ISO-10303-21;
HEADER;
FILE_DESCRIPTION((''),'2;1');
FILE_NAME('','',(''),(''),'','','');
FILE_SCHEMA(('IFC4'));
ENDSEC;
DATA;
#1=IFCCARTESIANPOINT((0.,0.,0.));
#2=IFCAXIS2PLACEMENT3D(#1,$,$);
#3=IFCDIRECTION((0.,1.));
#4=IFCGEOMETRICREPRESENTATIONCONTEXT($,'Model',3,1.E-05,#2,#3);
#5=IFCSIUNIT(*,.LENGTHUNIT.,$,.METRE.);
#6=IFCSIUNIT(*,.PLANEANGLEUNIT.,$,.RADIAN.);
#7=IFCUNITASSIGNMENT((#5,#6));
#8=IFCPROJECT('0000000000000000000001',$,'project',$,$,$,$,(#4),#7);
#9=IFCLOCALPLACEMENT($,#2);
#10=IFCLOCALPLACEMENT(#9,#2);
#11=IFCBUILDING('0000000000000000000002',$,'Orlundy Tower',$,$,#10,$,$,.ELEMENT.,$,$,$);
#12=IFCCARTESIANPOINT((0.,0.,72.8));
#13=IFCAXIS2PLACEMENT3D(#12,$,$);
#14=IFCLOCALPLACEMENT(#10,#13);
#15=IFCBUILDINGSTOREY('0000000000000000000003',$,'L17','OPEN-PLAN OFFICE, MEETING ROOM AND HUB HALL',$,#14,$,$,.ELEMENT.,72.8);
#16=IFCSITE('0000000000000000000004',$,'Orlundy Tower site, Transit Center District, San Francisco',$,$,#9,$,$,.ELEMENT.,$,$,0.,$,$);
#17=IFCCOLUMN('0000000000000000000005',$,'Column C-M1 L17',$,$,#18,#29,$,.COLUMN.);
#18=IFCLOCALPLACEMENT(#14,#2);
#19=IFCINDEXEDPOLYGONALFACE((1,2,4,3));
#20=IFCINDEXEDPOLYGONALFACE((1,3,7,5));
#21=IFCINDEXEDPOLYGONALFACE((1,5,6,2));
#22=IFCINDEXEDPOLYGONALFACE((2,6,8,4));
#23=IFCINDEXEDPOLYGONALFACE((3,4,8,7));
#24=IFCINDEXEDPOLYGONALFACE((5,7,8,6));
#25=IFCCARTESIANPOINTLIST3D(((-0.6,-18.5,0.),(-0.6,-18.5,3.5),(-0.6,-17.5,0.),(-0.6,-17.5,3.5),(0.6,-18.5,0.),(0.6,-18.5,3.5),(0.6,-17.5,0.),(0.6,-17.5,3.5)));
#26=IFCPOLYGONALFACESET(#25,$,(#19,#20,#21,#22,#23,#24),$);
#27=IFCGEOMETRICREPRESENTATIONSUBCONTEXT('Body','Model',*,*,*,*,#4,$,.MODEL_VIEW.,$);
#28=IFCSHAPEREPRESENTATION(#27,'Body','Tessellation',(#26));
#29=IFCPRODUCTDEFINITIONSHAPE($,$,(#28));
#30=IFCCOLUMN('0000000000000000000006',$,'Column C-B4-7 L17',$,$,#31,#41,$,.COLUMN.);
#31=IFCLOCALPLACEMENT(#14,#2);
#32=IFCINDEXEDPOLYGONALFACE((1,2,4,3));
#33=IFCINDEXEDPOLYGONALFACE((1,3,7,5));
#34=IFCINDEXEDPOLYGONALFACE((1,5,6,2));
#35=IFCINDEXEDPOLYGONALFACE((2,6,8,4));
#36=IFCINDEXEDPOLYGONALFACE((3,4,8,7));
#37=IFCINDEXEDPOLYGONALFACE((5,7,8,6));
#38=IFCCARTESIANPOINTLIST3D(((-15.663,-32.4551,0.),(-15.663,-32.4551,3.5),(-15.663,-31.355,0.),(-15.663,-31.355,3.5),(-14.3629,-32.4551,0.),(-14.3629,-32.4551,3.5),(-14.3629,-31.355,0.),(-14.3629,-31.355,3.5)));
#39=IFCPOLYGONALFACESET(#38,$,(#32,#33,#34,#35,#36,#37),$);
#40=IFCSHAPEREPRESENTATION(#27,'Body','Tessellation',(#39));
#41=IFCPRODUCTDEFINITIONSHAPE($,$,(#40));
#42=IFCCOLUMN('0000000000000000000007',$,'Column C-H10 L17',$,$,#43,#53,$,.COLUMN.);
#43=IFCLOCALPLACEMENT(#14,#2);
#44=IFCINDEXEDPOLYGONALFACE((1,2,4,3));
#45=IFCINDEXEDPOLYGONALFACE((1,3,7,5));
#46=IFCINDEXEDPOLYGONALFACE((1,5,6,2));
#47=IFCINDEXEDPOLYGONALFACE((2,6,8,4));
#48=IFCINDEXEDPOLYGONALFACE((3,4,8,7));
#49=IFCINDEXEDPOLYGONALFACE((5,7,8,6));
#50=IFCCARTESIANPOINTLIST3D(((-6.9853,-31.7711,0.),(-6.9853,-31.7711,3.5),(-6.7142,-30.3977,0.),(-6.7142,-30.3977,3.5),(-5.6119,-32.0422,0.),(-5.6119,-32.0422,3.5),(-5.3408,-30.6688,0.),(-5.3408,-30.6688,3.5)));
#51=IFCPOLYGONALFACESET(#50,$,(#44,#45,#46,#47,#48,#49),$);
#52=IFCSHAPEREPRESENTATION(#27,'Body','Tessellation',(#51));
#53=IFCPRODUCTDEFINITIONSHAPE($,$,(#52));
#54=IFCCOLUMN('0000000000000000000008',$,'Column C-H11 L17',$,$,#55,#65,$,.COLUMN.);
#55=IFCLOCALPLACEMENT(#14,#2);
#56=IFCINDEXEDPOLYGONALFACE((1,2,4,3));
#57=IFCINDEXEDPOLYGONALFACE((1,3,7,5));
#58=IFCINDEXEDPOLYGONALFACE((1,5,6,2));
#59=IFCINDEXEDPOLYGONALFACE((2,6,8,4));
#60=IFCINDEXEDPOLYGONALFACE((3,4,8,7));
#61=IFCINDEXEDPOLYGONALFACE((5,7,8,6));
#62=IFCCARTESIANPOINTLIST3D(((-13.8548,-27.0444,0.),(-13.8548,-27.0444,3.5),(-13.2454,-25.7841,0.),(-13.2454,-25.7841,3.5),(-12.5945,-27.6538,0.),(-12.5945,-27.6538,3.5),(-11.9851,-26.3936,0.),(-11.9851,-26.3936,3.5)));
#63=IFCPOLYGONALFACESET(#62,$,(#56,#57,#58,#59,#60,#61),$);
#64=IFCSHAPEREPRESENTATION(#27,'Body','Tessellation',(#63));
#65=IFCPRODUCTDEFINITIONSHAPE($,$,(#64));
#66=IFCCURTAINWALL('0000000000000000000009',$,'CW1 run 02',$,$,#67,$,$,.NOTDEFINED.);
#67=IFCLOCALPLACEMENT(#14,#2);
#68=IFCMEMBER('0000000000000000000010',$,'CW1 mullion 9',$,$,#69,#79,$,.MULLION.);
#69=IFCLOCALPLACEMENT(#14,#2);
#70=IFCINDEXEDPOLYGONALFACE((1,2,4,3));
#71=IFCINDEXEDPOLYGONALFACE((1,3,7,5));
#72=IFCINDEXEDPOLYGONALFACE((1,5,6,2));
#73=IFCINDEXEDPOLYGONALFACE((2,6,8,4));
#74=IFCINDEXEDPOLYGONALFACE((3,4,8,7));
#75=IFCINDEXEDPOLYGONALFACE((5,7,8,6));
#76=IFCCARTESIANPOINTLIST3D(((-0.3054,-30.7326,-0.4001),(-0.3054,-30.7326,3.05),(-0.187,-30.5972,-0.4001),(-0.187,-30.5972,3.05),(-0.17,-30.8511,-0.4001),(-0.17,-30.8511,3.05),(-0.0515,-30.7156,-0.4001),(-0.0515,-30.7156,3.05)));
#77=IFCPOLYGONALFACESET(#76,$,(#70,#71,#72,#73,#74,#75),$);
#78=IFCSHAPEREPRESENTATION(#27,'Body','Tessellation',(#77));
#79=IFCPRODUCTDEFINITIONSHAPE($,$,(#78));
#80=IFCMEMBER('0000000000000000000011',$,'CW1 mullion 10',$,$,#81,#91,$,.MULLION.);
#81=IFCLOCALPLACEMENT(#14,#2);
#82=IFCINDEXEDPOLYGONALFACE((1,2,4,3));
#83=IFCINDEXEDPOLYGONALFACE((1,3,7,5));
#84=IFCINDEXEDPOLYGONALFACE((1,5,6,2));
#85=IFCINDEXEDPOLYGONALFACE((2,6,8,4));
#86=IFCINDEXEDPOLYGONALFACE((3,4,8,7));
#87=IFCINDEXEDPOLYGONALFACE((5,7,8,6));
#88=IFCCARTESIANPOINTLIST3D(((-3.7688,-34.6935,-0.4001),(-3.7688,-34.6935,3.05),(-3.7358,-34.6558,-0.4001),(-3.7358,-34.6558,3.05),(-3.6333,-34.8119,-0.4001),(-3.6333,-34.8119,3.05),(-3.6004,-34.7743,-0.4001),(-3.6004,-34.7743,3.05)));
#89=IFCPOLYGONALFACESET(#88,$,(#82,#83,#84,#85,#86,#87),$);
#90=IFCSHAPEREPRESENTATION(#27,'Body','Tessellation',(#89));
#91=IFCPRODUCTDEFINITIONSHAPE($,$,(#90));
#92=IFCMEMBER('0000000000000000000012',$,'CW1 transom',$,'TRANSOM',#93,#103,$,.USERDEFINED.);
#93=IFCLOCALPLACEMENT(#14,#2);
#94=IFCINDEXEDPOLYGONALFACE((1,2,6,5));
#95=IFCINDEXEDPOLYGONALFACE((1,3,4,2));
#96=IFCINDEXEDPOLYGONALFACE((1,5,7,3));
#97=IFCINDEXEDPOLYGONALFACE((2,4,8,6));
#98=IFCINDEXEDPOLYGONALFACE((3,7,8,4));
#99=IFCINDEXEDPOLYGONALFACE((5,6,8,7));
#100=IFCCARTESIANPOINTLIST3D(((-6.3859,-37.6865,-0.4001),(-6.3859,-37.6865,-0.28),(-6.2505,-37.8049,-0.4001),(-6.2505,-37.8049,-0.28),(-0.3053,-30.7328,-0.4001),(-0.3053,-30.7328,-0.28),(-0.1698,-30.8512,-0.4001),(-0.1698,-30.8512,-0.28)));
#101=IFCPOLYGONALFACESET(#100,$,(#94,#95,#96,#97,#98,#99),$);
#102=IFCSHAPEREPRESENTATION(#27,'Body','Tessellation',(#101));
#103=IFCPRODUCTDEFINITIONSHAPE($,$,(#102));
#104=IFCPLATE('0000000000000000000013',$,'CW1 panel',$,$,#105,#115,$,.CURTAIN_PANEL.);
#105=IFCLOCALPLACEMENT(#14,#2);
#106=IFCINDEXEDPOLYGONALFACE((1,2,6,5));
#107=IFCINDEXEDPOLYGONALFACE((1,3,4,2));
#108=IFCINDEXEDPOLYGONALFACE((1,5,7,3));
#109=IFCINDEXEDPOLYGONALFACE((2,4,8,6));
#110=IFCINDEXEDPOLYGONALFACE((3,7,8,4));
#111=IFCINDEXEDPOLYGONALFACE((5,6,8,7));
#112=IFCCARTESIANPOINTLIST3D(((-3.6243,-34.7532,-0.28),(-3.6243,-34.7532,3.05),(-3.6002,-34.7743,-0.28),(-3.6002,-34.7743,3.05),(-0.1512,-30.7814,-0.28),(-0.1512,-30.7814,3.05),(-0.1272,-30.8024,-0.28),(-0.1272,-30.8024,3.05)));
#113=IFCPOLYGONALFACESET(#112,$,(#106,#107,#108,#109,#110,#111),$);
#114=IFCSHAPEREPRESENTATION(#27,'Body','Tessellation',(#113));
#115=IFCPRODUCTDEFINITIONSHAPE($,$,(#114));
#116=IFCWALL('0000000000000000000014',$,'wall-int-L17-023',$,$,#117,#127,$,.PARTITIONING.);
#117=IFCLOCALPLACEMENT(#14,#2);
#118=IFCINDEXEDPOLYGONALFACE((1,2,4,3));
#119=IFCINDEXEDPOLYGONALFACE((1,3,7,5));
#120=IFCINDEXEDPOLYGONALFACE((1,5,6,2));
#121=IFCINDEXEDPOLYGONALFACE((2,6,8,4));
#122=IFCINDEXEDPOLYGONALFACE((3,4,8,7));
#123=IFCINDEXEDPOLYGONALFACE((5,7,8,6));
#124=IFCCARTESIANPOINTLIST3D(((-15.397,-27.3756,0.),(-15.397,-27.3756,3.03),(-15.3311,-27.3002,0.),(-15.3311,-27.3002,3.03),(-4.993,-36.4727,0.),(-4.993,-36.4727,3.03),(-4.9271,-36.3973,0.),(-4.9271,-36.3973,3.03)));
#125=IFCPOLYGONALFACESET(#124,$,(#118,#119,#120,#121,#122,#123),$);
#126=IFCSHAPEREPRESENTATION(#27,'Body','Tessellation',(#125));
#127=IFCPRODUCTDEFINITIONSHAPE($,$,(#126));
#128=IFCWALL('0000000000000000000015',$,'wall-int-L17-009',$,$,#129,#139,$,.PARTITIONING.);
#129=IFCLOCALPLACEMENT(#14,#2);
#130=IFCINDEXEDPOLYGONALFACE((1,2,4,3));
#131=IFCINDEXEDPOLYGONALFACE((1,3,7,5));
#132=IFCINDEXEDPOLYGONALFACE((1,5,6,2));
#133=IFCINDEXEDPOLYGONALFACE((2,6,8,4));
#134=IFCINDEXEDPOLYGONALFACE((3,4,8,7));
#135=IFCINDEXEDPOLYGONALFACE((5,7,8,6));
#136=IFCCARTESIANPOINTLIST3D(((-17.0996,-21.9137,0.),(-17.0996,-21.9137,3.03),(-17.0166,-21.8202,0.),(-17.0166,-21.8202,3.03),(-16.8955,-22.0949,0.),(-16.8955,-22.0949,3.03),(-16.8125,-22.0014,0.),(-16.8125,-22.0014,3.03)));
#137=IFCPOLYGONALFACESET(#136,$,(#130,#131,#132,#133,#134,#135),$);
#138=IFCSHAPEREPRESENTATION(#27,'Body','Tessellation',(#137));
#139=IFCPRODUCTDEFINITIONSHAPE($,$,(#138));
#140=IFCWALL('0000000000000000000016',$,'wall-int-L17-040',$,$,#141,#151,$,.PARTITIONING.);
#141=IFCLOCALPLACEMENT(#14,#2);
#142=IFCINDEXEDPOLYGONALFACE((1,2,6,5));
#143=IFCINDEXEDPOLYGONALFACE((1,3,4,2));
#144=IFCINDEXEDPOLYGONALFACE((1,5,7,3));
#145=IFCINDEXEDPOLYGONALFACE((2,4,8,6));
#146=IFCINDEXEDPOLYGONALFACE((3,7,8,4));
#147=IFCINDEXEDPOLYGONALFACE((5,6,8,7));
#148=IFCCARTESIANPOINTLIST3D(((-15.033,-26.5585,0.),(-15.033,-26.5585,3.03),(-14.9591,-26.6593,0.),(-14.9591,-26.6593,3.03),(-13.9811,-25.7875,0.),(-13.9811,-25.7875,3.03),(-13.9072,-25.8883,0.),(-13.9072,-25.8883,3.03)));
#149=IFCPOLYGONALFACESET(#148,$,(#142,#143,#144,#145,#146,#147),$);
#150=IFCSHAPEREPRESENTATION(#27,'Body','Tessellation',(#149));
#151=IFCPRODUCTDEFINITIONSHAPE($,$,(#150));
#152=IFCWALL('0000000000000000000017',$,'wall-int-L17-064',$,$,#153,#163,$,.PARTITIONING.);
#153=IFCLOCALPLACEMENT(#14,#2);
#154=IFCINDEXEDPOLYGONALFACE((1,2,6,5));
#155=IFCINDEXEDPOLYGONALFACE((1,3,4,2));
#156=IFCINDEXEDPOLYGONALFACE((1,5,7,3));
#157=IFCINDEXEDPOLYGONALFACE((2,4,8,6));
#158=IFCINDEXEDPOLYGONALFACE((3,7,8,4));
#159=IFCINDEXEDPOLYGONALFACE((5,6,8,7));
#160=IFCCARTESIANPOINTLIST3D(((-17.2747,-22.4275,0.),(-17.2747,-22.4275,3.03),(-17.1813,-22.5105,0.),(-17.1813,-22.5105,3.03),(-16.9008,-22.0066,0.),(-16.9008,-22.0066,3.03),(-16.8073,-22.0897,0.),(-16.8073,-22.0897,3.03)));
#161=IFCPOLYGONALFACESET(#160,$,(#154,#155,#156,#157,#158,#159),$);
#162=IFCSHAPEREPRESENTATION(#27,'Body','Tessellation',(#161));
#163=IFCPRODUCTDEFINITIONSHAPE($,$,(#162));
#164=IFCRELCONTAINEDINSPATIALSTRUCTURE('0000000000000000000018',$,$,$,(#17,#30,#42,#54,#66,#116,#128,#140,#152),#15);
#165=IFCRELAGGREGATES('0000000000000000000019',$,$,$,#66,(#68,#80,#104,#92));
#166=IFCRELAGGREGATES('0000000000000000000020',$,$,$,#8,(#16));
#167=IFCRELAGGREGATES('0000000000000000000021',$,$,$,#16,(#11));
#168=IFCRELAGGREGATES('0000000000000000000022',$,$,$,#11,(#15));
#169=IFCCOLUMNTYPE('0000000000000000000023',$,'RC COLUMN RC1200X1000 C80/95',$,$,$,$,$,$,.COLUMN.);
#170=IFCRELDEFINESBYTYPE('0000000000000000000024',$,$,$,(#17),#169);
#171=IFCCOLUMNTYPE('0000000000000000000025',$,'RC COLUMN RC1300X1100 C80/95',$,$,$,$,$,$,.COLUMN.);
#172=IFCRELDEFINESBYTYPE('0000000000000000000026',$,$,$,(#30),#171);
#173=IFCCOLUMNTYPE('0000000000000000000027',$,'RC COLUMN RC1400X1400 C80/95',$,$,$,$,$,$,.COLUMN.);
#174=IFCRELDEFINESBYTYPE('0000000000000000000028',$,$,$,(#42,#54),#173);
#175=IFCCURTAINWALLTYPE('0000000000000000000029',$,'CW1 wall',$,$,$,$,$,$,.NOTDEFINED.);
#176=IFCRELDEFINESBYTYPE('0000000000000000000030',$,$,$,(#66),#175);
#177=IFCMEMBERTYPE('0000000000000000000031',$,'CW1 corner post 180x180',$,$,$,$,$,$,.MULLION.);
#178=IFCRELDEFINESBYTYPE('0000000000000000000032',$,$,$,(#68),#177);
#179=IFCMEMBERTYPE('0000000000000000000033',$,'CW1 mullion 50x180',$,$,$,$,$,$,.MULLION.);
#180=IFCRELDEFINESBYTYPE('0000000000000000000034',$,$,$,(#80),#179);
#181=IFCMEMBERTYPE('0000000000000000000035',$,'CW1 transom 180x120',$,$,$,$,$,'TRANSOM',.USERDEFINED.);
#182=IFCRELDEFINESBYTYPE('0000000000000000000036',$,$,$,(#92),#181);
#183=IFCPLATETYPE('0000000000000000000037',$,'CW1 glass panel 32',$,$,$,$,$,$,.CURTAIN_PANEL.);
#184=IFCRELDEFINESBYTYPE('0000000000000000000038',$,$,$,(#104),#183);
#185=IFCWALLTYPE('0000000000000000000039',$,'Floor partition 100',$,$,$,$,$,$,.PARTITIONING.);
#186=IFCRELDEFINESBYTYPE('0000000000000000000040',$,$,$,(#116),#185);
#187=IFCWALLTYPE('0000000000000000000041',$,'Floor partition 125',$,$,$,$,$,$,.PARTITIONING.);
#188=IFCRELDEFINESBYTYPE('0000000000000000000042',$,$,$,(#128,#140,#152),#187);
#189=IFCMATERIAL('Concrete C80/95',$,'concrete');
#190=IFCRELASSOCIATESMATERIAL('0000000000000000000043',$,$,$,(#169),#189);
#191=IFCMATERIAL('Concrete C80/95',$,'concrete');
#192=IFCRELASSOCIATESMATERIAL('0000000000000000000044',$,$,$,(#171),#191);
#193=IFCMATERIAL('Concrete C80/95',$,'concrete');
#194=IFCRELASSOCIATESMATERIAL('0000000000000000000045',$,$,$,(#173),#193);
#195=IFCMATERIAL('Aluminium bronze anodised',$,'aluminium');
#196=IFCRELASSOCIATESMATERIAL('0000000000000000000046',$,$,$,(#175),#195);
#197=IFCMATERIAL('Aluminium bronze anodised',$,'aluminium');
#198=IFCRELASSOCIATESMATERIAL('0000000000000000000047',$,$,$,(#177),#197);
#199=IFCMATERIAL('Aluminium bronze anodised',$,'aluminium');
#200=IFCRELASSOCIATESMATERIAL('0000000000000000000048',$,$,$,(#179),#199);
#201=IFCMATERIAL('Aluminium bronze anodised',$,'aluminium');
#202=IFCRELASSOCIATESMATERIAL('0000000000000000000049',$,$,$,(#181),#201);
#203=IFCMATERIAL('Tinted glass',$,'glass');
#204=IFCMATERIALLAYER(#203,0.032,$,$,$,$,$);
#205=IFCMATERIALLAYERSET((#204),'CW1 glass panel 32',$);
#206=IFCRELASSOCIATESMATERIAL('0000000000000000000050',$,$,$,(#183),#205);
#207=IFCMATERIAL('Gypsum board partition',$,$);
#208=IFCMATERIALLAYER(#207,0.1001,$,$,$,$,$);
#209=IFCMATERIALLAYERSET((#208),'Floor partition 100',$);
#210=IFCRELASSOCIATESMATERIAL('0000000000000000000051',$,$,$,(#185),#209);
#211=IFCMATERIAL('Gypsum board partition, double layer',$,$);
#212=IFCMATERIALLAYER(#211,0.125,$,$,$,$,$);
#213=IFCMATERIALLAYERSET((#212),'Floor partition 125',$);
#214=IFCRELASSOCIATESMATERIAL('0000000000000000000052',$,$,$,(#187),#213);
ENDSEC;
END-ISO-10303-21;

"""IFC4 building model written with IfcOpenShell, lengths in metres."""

from ifc_helpers import new_model, si_unit, direction, frame, frame_2d, origin, origin_2d, place, context, subcontext, project, spatial, rectangle, extrude, material, layer, layer_set, material_profile, profile_set, type_object, element, aggregate, save


model = new_model("IFC4")

# Units and contexts
model_context = context("Model", 3, precision=1e-05, world=origin(), true_north=direction((0.0, 1.0)))
body_context = subcontext(model_context, "Body", "Model", "MODEL_VIEW")
ifc_project = project(units=[si_unit("LENGTHUNIT", "METRE"), si_unit("PLANEANGLEUNIT", "RADIAN")], contexts=[model_context])

# Site, building, storey
site_placement = place(None, origin())
site = spatial("IfcSite", under=ifc_project, at=site_placement, Name="Orlundy Tower site, Transit Center District, San Francisco", CompositionType="ELEMENT", RefElevation=0.0)
building_placement = place(site_placement, origin())
building = spatial("IfcBuilding", under=site, at=building_placement, Name="Orlundy Tower", CompositionType="ELEMENT")
storey_placement = place(building_placement, frame((0.0, 0.0, 72.8)))
storey = spatial("IfcBuildingStorey", under=building, at=storey_placement, Name="L17", Description="OPEN-PLAN OFFICE, MEETING ROOM AND HUB HALL", CompositionType="ELEMENT", Elevation=72.8)

# Columns
ifc_material_1 = material(Name="Concrete C80/95", Category="concrete")
ifc_material_profile_1 = material_profile(ifc_material_1, rectangle(XDim=1.2, YDim=1.0, at=origin_2d()), Name="RC1200X1000")
ifc_profile_set_1 = profile_set([ifc_material_profile_1], Name="Concrete C80/95")
column_type_1 = type_object("IfcColumnType", Name="RC COLUMN RC1200X1000 C80/95", PredefinedType="COLUMN", material=ifc_profile_set_1)
column_1_placement = place(storey_placement, frame((0.0, -18.0, 0.0), z_axis=(0.0, 0.0, 1.0), x_axis=(1.0, 0.0, 0.0)))
element("IfcColumn", 1, at=column_1_placement, inside=storey, type_object=column_type_1, Name="Column C-M1 L17", PredefinedType="COLUMN", context=body_context, shape_type="SweptSolid", body=[
    extrude(rectangle(XDim=1.2, YDim=1.0, at=origin_2d()), origin(), (0.0, 0.0, 1.0), 3.5),
])
ifc_material_2 = material(Name="Concrete C80/95", Category="concrete")
ifc_material_profile_2 = material_profile(ifc_material_2, rectangle(XDim=1.3, YDim=1.1001, at=origin_2d()), Name="RC1300X1100")
ifc_profile_set_2 = profile_set([ifc_material_profile_2], Name="Concrete C80/95")
column_type_2 = type_object("IfcColumnType", Name="RC COLUMN RC1300X1100 C80/95", PredefinedType="COLUMN", material=ifc_profile_set_2)
column_2_placement = place(storey_placement, frame((-15.0129, -31.905, 0.0), z_axis=(0.0, 0.0, 1.0), x_axis=(1.0, 0.0, 0.0)))
element("IfcColumn", 2, at=column_2_placement, inside=storey, type_object=column_type_2, Name="Column C-B4-7 L17", PredefinedType="COLUMN", context=body_context, shape_type="SweptSolid", body=[
    extrude(rectangle(XDim=1.3, YDim=1.1001, at=origin_2d()), origin(), (0.0, 0.0, 1.0), 3.5),
])
ifc_material_3 = material(Name="Concrete C80/95", Category="concrete")
ifc_material_profile_3 = material_profile(ifc_material_3, rectangle(XDim=1.3999, YDim=1.3999, at=origin_2d()), Name="RC1400X1400")
ifc_profile_set_3 = profile_set([ifc_material_profile_3], Name="Concrete C80/95")
column_type_3 = type_object("IfcColumnType", Name="RC COLUMN RC1400X1400 C80/95", PredefinedType="COLUMN", material=ifc_profile_set_3)
for number, where, z_axis, x_axis, name in (
    (3, (-6.1631, -31.22, 0.0), (0.0, 0.0, 1.0), (-0.193669, -0.981067, 0.0), "Column C-H10 L17"),
    (4, (-12.9199, -26.719, 0.0), (0.0, 0.0, 1.0), (-0.435325, -0.900273, 0.0), "Column C-H11 L17"),
):
    element("IfcColumn", number, at=place(storey_placement, frame(where, z_axis=z_axis, x_axis=x_axis)), inside=storey, type_object=column_type_3, Name=name, PredefinedType="COLUMN", context=body_context, shape_type="SweptSolid", body=[
        extrude(rectangle(XDim=1.3999, YDim=1.3999, at=origin_2d()), origin(), (0.0, 0.0, 1.0), 3.5),
    ])

# Curtain wall, members, plate
ifc_material_4 = material(Name="Aluminium bronze anodised", Category="aluminium")
curtain_wall_type = type_object("IfcCurtainWallType", Name="CW1 wall", PredefinedType="NOTDEFINED", material=ifc_material_4)
curtain_wall_placement = place(storey_placement, origin())
curtain_wall = element("IfcCurtainWall", 5, at=curtain_wall_placement, inside=storey, type_object=curtain_wall_type, Name="CW1 run 02", PredefinedType="NOTDEFINED")
ifc_material_5 = material(Name="Aluminium bronze anodised", Category="aluminium")
ifc_material_profile_4 = material_profile(ifc_material_5, rectangle(XDim=0.1799, YDim=0.1799, at=origin_2d()), Name="CW1 corner post 180x180")
ifc_profile_set_4 = profile_set([ifc_material_profile_4], Name="Aluminium bronze anodised")
member_type_1 = type_object("IfcMemberType", Name="CW1 corner post 180x180", PredefinedType="MULLION", material=ifc_profile_set_4)
member_1_placement = place(storey_placement, frame((-0.1785, -30.7241, -0.4001), z_axis=(0.0, 0.0, 1.0), x_axis=(0.752792, -0.658259, 0.0)))
member_1 = element("IfcMember", 6, at=member_1_placement, type_object=member_type_1, Name="CW1 mullion 9", PredefinedType="MULLION", context=body_context, shape_type="SweptSolid", body=[
    extrude(rectangle(XDim=0.1799, YDim=0.1799, at=origin_2d()), origin(), (0.0, 0.0, 1.0), 3.4502),
])
ifc_material_6 = material(Name="Aluminium bronze anodised", Category="aluminium")
ifc_material_profile_5 = material_profile(ifc_material_6, rectangle(XDim=0.1799, YDim=0.05, at=origin_2d()), Name="CW1 mullion 50x180")
ifc_profile_set_5 = profile_set([ifc_material_profile_5], Name="Aluminium bronze anodised")
member_type_2 = type_object("IfcMemberType", Name="CW1 mullion 50x180", PredefinedType="MULLION", material=ifc_profile_set_5)
member_2_placement = place(storey_placement, frame((-3.6846, -34.7339, -0.4001), z_axis=(0.0, 0.0, 1.0), x_axis=(0.752792, -0.658259, 0.0)))
member_2 = element("IfcMember", 7, at=member_2_placement, type_object=member_type_2, Name="CW1 mullion 10", PredefinedType="MULLION", context=body_context, shape_type="SweptSolid", body=[
    extrude(rectangle(XDim=0.1799, YDim=0.05, at=origin_2d()), origin(), (0.0, 0.0, 1.0), 3.4502),
])
ifc_material_7 = material(Name="Aluminium bronze anodised", Category="aluminium")
ifc_material_profile_6 = material_profile(ifc_material_7, rectangle(XDim=0.1799, YDim=0.1201, at=origin_2d()), Name="CW1 transom 180x120")
ifc_profile_set_6 = profile_set([ifc_material_profile_6], Name="Aluminium bronze anodised")
member_type_3 = type_object("IfcMemberType", Name="CW1 transom 180x120", ElementType="TRANSOM", PredefinedType="USERDEFINED", material=ifc_profile_set_6)
member_3_placement = place(storey_placement, frame((-0.2375, -30.792, -0.3401), z_axis=(-0.658269, -0.752783, 0.0), x_axis=(0.752783, -0.658269, 0.0)))
member_3 = element("IfcMember", 8, at=member_3_placement, type_object=member_type_3, Name="CW1 transom", ObjectType="TRANSOM", PredefinedType="USERDEFINED", context=body_context, shape_type="SweptSolid", body=[
    extrude(rectangle(XDim=0.1799, YDim=0.1201, at=origin_2d()), origin(), (0.0, 0.0, 1.0), 9.2373),
])
ifc_material_8 = material(Name="Tinted glass", Category="glass")
ifc_layer_1 = layer(ifc_material_8, 0.032)
ifc_layer_set_1 = layer_set([ifc_layer_1], Name="CW1 glass panel 32")
plate_type = type_object("IfcPlateType", Name="CW1 glass panel 32", PredefinedType="CURTAIN_PANEL", material=ifc_layer_set_1)
plate_placement = place(storey_placement, frame((-1.8757, -32.7778, -0.28), z_axis=(0.0, 0.0, 1.0), x_axis=(-0.658259, -0.752792, 0.0)))
plate = element("IfcPlate", 9, at=plate_placement, type_object=plate_type, Name="CW1 panel", PredefinedType="CURTAIN_PANEL", context=body_context, shape_type="SweptSolid", body=[
    extrude(rectangle(XDim=5.2761, YDim=0.032, at=origin_2d()), origin(), (0.0, 0.0, 1.0), 3.3301),
])
aggregate(curtain_wall, [member_1, member_2, plate, member_3])

# Walls
ifc_material_9 = material(Name="Gypsum board partition")
ifc_layer_2 = layer(ifc_material_9, 0.1001)
ifc_layer_set_2 = layer_set([ifc_layer_2], Name="Floor partition 100")
wall_type_1 = type_object("IfcWallType", Name="Floor partition 100", PredefinedType="PARTITIONING", material=ifc_layer_set_2)
wall_1_placement = place(storey_placement, frame((-15.364, -27.3379, 0.0), z_axis=(0.0, 0.0, 1.0), x_axis=(0.752805, -0.658243, 0.0)))
element("IfcWall", 10, at=wall_1_placement, inside=storey, type_object=wall_type_1, Name="wall-int-L17-023", PredefinedType="PARTITIONING", context=body_context, shape_type="SweptSolid", body=[
    extrude(rectangle(XDim=13.8203, YDim=0.1001, at=frame_2d((6.9102, 0.0))), origin(), (0.0, 0.0, 1.0), 3.03),
])
ifc_material_10 = material(Name="Gypsum board partition, double layer")
ifc_layer_3 = layer(ifc_material_10, 0.125)
ifc_layer_set_3 = layer_set([ifc_layer_3], Name="Floor partition 125")
wall_type_2 = type_object("IfcWallType", Name="Floor partition 125", PredefinedType="PARTITIONING", material=ifc_layer_set_3)
wall_2_placement = place(storey_placement, frame((-17.0581, -21.8669, 0.0), z_axis=(0.0, 0.0, 1.0), x_axis=(0.747903, -0.663808, 0.0)))
element("IfcWall", 11, at=wall_2_placement, inside=storey, type_object=wall_type_2, Name="wall-int-L17-009", PredefinedType="PARTITIONING", context=body_context, shape_type="SweptSolid", body=[
    extrude(rectangle(XDim=0.2729, YDim=0.125, at=frame_2d((0.1365, 0.0))), origin(), (0.0, 0.0, 1.0), 3.03),
])
wall_3_placement = place(storey_placement, frame((-14.9961, -26.6089, 0.0), z_axis=(0.0, 0.0, 1.0), x_axis=(0.806578, 0.591128, 0.0)))
element("IfcWall", 12, at=wall_3_placement, inside=storey, type_object=wall_type_2, Name="wall-int-L17-040", PredefinedType="PARTITIONING", context=body_context, shape_type="SweptSolid", body=[
    extrude(rectangle(XDim=1.3042, YDim=0.125, at=frame_2d((0.6521, 0.0))), origin(), (0.0, 0.0, 1.0), 3.03),
])
wall_4_placement = place(storey_placement, frame((-17.228, -22.469, 0.0), z_axis=(0.0, 0.0, 1.0), x_axis=(0.664256, 0.747505, 0.0)))
element("IfcWall", 13, at=wall_4_placement, inside=storey, type_object=wall_type_2, Name="wall-int-L17-064", PredefinedType="PARTITIONING", context=body_context, shape_type="SweptSolid", body=[
    extrude(rectangle(XDim=0.563, YDim=0.125, at=frame_2d((0.2815, 0.0))), origin(), (0.0, 0.0, 1.0), 3.03),
])

save(model, "model.ifc")
